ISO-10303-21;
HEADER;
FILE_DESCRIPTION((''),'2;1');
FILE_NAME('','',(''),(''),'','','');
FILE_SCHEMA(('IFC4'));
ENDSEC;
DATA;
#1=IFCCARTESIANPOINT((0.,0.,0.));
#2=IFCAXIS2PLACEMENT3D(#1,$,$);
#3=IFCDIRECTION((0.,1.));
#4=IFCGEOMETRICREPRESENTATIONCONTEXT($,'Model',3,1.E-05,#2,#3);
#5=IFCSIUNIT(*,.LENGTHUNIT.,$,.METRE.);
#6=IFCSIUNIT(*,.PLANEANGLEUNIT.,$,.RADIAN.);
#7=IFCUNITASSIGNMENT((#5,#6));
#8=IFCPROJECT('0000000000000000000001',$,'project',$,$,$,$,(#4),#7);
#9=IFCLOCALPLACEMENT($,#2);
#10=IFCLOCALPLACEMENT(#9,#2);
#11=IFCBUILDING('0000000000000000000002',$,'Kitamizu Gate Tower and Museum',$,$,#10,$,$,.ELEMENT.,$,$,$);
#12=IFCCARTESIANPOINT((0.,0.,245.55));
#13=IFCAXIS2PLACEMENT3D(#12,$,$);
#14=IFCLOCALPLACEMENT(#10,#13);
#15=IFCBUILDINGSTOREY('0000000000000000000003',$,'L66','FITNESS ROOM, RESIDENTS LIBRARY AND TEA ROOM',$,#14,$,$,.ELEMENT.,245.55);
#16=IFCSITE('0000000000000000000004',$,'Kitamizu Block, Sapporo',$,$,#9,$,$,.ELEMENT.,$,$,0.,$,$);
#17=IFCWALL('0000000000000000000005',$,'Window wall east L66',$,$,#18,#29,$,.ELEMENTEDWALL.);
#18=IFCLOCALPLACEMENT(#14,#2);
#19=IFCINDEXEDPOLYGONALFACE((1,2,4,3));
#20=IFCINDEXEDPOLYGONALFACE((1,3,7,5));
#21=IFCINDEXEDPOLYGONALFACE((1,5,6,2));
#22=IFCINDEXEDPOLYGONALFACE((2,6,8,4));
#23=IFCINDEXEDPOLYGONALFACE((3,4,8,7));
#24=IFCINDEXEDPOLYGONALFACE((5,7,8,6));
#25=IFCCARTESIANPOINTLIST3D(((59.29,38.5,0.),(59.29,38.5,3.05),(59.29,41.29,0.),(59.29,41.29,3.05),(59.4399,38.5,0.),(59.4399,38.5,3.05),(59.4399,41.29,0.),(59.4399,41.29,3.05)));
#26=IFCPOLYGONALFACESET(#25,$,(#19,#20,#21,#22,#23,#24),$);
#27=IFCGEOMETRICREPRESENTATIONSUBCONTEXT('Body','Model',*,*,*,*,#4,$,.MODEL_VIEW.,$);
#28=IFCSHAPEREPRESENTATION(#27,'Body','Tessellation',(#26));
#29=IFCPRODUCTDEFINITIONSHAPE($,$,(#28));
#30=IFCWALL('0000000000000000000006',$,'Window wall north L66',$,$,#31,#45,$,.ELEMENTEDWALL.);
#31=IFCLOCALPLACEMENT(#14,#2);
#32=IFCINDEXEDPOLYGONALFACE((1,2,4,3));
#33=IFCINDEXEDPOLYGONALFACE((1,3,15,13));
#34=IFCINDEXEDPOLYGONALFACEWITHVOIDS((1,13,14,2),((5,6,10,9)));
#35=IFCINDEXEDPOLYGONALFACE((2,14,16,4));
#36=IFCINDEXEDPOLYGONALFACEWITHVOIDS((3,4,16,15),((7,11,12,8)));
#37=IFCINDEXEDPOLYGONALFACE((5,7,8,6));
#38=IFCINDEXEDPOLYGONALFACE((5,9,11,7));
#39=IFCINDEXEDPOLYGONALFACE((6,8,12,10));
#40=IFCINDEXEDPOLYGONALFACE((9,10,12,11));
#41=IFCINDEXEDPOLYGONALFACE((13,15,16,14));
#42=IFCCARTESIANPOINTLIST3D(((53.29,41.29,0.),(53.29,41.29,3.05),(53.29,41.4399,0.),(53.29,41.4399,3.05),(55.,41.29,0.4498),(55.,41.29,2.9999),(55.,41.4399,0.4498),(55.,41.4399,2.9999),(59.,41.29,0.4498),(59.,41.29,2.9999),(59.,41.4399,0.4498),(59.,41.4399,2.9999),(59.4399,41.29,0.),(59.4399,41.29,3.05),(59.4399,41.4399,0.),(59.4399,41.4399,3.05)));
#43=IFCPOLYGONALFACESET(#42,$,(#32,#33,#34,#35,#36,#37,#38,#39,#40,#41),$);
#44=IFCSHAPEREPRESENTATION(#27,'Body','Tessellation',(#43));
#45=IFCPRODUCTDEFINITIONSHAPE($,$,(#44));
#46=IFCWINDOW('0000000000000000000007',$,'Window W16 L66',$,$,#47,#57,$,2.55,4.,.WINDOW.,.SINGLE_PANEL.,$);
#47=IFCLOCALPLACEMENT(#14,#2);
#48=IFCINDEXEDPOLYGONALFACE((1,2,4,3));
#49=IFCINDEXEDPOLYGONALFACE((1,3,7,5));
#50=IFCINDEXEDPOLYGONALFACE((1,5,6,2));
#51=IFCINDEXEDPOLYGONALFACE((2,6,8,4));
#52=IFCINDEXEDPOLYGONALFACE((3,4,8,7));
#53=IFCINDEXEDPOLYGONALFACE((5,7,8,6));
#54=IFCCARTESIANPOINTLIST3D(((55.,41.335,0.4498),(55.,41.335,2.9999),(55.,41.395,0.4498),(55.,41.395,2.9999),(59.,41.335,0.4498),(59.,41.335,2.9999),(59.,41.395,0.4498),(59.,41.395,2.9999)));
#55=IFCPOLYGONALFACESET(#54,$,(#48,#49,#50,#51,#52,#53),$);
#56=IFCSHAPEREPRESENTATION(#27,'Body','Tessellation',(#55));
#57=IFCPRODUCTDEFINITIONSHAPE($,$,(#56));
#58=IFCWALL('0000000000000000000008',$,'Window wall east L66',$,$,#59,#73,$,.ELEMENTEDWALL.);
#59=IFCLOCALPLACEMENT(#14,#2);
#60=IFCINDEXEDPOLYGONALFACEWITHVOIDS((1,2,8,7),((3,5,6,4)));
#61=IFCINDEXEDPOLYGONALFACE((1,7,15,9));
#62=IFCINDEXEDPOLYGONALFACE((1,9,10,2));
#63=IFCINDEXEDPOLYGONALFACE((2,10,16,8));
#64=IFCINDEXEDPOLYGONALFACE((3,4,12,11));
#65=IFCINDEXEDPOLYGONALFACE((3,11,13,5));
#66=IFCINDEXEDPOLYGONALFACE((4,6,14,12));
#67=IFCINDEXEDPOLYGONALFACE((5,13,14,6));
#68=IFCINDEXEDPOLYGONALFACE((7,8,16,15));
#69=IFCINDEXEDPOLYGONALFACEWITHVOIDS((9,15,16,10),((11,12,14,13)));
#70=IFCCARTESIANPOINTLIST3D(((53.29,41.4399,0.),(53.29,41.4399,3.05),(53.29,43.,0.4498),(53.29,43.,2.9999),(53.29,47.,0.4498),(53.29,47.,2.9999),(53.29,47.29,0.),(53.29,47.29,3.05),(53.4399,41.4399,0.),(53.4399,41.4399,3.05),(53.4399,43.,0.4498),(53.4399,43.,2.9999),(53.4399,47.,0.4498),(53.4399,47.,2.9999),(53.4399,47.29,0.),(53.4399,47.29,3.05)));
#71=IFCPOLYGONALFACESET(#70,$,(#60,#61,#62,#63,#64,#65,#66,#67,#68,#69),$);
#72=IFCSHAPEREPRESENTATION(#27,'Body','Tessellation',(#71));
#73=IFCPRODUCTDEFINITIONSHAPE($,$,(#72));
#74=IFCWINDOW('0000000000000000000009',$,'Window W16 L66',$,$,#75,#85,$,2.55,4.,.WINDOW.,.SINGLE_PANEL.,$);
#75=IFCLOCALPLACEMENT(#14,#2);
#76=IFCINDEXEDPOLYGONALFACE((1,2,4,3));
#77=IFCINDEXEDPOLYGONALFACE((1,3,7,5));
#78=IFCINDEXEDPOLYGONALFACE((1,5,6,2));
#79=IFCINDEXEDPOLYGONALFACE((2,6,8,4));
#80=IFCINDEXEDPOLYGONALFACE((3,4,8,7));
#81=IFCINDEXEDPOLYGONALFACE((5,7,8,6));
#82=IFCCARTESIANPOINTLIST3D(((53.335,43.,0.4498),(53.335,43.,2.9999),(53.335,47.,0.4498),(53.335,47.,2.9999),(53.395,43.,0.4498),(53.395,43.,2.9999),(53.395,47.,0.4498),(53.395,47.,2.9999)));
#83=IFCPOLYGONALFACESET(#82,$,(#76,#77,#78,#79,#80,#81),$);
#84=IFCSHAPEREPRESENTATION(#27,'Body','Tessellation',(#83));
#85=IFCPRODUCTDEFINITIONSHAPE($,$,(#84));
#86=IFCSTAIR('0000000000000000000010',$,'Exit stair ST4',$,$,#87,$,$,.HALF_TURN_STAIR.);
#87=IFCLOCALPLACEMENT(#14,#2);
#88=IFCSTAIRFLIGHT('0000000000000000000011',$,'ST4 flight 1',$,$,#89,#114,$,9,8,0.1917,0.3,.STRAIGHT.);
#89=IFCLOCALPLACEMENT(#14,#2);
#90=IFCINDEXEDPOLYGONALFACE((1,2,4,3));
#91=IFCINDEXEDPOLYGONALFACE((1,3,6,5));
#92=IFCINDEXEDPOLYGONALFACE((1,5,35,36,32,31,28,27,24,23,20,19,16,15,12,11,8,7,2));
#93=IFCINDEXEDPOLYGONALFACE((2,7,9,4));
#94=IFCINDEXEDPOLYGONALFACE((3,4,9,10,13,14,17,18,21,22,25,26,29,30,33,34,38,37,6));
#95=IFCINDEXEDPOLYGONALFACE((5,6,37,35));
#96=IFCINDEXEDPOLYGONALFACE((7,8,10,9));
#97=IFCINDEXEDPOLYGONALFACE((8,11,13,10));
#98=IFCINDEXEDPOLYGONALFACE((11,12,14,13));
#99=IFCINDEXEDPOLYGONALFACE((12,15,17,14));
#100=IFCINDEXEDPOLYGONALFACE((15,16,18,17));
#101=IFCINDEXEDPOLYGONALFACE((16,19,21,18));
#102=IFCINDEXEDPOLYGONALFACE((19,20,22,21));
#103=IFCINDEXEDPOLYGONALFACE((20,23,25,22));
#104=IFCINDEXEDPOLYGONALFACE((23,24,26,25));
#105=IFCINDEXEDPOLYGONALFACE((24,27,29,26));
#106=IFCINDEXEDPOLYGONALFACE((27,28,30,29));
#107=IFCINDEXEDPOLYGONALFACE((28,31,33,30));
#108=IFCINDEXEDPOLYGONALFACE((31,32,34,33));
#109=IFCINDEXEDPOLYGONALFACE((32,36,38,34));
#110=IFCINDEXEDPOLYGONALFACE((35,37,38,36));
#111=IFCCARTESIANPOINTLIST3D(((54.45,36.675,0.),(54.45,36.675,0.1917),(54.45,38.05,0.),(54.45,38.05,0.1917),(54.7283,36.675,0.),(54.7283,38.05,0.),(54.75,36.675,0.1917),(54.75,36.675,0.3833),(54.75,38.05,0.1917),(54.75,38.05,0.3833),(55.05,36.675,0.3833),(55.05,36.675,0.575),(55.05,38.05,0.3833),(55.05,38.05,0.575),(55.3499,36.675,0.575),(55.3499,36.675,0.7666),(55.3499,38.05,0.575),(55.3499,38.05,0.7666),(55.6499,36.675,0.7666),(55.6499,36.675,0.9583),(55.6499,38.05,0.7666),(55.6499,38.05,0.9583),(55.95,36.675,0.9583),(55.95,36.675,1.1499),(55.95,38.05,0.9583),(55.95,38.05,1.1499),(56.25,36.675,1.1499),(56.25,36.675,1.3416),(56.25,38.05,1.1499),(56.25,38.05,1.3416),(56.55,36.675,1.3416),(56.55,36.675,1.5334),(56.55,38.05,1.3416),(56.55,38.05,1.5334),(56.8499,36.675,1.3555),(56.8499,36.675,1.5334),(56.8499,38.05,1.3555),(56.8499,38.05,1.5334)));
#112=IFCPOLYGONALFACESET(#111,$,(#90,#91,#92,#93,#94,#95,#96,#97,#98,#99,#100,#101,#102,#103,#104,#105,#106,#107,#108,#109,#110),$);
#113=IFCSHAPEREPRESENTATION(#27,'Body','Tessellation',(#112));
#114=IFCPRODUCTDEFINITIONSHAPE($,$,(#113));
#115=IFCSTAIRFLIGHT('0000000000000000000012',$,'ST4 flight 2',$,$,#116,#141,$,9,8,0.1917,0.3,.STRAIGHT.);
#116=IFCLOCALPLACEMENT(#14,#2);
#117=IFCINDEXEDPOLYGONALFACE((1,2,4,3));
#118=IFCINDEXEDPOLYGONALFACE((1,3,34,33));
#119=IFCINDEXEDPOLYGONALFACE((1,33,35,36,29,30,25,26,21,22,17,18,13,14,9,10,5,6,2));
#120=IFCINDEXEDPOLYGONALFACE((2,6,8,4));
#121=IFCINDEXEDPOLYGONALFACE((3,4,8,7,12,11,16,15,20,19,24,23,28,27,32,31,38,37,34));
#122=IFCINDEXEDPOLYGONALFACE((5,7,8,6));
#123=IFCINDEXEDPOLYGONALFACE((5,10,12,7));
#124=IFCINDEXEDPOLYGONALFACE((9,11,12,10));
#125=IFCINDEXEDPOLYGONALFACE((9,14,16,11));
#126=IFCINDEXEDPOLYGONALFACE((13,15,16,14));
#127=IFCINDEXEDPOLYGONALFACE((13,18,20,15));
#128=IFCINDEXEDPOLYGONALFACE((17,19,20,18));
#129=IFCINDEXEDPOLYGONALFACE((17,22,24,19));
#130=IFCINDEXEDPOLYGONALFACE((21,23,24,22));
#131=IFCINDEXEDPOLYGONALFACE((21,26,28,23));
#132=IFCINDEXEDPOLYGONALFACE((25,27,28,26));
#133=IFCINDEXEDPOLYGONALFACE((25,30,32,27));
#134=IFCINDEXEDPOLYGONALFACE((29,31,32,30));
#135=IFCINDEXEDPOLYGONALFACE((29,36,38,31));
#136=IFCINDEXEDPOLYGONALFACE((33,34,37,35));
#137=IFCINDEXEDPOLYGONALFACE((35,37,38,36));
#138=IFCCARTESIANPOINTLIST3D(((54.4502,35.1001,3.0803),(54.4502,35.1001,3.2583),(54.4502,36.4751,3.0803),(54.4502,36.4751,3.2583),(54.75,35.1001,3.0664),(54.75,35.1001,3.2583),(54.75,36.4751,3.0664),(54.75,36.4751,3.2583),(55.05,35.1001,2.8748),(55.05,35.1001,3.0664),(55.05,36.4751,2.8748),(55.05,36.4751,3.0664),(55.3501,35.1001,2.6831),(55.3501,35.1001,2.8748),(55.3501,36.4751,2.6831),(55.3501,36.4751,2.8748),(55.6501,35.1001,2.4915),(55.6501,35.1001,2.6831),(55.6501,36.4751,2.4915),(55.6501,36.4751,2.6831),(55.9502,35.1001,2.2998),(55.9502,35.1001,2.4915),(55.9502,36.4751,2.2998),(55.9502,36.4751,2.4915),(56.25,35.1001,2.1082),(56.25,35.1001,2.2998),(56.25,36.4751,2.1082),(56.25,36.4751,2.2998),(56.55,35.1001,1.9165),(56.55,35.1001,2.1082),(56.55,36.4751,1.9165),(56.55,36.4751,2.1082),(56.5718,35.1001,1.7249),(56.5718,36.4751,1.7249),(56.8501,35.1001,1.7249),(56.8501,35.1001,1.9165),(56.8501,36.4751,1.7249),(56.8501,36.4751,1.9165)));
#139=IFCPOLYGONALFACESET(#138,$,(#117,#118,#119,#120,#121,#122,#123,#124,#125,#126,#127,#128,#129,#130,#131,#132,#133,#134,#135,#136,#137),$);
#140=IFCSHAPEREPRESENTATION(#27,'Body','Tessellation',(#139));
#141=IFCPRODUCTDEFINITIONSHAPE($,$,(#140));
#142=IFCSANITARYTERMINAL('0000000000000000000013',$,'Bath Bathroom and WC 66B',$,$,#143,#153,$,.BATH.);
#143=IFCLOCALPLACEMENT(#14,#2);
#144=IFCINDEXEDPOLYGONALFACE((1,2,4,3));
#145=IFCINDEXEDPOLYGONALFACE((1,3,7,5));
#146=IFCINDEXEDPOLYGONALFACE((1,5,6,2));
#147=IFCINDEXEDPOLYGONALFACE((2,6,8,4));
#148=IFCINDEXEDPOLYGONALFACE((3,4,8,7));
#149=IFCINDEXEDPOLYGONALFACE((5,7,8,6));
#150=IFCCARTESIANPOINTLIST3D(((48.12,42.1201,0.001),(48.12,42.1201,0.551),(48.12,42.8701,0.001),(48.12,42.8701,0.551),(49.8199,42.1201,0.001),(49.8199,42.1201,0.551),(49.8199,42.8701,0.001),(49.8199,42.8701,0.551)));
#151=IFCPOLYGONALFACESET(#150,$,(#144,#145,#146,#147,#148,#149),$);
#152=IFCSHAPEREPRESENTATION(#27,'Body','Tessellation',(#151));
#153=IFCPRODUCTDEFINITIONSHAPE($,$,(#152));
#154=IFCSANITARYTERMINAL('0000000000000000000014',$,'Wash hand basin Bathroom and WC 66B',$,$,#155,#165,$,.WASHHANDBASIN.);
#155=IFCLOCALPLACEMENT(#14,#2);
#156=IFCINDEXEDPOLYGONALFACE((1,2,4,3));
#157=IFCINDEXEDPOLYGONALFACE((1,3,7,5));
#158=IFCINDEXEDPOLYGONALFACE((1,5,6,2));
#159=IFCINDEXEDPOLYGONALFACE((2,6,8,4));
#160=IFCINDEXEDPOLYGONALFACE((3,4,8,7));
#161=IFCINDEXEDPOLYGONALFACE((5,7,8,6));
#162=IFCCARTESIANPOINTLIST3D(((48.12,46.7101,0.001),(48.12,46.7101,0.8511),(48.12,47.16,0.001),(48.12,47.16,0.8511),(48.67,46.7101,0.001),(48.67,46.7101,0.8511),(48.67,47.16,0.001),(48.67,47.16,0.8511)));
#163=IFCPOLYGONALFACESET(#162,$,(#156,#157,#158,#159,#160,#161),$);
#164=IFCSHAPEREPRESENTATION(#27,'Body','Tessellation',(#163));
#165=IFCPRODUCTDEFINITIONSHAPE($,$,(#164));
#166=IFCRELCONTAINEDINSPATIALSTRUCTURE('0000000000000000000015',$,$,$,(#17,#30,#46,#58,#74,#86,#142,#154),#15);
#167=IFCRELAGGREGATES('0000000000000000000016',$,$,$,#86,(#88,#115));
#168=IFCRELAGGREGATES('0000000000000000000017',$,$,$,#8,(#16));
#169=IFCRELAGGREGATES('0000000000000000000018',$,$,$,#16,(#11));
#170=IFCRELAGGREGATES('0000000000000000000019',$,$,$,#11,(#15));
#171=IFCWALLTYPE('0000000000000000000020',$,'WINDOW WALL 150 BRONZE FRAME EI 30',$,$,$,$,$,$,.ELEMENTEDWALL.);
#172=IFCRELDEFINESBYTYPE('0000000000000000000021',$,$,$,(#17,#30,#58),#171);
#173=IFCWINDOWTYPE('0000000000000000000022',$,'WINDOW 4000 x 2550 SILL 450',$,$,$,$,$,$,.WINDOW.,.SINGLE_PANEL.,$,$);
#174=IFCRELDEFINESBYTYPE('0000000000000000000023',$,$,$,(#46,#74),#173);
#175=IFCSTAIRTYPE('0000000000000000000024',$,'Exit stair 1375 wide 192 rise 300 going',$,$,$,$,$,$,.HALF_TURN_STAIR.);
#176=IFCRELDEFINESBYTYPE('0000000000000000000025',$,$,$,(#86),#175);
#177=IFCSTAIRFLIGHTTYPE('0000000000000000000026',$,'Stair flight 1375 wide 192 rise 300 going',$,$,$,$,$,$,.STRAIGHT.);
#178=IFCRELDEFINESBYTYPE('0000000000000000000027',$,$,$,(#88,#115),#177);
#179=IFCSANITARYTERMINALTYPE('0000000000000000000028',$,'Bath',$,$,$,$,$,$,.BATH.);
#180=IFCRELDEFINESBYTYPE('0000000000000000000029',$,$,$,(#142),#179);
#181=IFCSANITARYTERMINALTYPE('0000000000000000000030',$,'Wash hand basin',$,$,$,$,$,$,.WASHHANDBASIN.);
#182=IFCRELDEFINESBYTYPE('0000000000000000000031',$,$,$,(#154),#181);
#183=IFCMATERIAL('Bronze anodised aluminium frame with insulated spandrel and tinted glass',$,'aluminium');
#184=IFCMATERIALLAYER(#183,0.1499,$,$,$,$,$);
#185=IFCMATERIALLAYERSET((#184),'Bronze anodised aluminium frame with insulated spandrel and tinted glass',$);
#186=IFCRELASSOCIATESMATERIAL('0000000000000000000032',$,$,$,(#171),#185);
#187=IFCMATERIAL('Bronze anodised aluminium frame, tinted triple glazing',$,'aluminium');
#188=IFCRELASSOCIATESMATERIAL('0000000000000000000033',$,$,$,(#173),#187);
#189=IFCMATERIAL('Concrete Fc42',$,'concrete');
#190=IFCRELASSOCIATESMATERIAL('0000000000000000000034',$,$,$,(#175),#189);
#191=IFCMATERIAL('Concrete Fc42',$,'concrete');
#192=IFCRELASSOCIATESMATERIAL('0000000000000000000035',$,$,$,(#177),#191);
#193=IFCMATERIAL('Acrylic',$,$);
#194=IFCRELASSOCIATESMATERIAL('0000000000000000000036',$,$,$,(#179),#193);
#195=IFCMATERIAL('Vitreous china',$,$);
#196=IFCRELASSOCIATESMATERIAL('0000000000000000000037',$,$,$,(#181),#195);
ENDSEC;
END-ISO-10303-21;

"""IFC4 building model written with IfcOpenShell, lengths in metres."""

from ifc_helpers import new_model, si_unit, direction, frame, frame_2d, origin, origin_2d, place, context, subcontext, project, spatial, polyline, rectangle, outline, extrude, material, layer, layer_set, type_object, element, fill, aggregate, save


model = new_model("IFC4")

# Units and contexts
model_context = context("Model", 3, precision=1e-05, world=origin(), true_north=direction((0.0, 1.0)))
body_context = subcontext(model_context, "Body", "Model", "MODEL_VIEW")
ifc_project = project(units=[si_unit("LENGTHUNIT", "METRE"), si_unit("PLANEANGLEUNIT", "RADIAN")], contexts=[model_context])

# Site, building, storey
site_placement = place(None, origin())
site = spatial("IfcSite", under=ifc_project, at=site_placement, Name="Kitamizu Block, Sapporo", CompositionType="ELEMENT", RefElevation=0.0)
building_placement = place(site_placement, origin())
building = spatial("IfcBuilding", under=site, at=building_placement, Name="Kitamizu Gate Tower and Museum", CompositionType="ELEMENT")
storey_placement = place(building_placement, frame((0.0, 0.0, 245.55)))
storey = spatial("IfcBuildingStorey", under=building, at=storey_placement, Name="L66", Description="FITNESS ROOM, RESIDENTS LIBRARY AND TEA ROOM", CompositionType="ELEMENT", Elevation=245.55)

# Wall
ifc_material_1 = material(Name="Bronze anodised aluminium frame with insulated spandrel and tinted glass", Category="aluminium")
ifc_layer_1 = layer(ifc_material_1, 0.1499)
ifc_layer_set_1 = layer_set([ifc_layer_1], Name="Bronze anodised aluminium frame with insulated spandrel and tinted glass")
wall_type_1 = type_object("IfcWallType", Name="WINDOW WALL 150 BRONZE FRAME EI 30", PredefinedType="ELEMENTEDWALL", material=ifc_layer_set_1)
wall_1_placement = place(storey_placement, frame((59.365, 38.5, 0.0), z_axis=(0.0, 0.0, 1.0), x_axis=(0.0, 1.0, 0.0)))
element("IfcWall", 1, at=wall_1_placement, inside=storey, type_object=wall_type_1, Name="Window wall east L66", PredefinedType="ELEMENTEDWALL", context=body_context, shape_type="SweptSolid", body=[
    extrude(rectangle(XDim=2.79, YDim=0.1499, at=frame_2d((1.395, 0.0))), origin(), (0.0, 0.0, 1.0), 3.05),
])

# Walls, openings, windows
wall_2_placement = place(storey_placement, frame((53.29, 41.365, 0.0), z_axis=(0.0, 0.0, 1.0), x_axis=(1.0, 0.0, 0.0)))
wall_2 = element("IfcWall", 2, at=wall_2_placement, inside=storey, type_object=wall_type_1, Name="Window wall north L66", PredefinedType="ELEMENTEDWALL", context=body_context, shape_type="SweptSolid", body=[
    extrude(rectangle(XDim=6.1499, YDim=0.1499, at=frame_2d((3.075, 0.0))), origin(), (0.0, 0.0, 1.0), 3.05),
])
opening_1_placement = place(wall_2_placement, frame((1.71, 0.0, 0.45)))
opening_1 = element("IfcOpeningElement", 3, at=opening_1_placement, cuts=wall_2, PredefinedType="OPENING", context=body_context, shape_type="SweptSolid", body=[
    extrude(rectangle(XDim=4.0, YDim=2.55, at=frame_2d((2.0, 1.2749))), frame((0.0, 0.085, 0.0), z_axis=(0.0, -1.0, 0.0), x_axis=(1.0, 0.0, 0.0)), (0.0, 0.0, 1.0), 0.1699),
])
ifc_material_2 = material(Name="Bronze anodised aluminium frame, tinted triple glazing", Category="aluminium")
window_type = type_object("IfcWindowType", Name="WINDOW 4000 x 2550 SILL 450", PartitioningType="SINGLE_PANEL", PredefinedType="WINDOW", material=ifc_material_2)
window_1_placement = place(opening_1_placement, origin())
window_1 = element("IfcWindow", 4, at=window_1_placement, inside=storey, type_object=window_type, Name="Window W16 L66", OverallHeight=2.55, OverallWidth=4.0, PartitioningType="SINGLE_PANEL", PredefinedType="WINDOW", context=body_context, shape_type="SweptSolid", body=[
    extrude(rectangle(XDim=4.0, YDim=2.55, at=frame_2d((2.0, 1.2749))), frame((0.0, 0.03, 0.0), z_axis=(0.0, -1.0, 0.0), x_axis=(1.0, 0.0, 0.0)), (0.0, 0.0, 1.0), 0.0601),
])
fill(opening_1, window_1)
wall_3_placement = place(storey_placement, frame((53.365, 41.4399, 0.0), z_axis=(0.0, 0.0, 1.0), x_axis=(0.0, 1.0, 0.0)))
wall_3 = element("IfcWall", 5, at=wall_3_placement, inside=storey, type_object=wall_type_1, Name="Window wall east L66", PredefinedType="ELEMENTEDWALL", context=body_context, shape_type="SweptSolid", body=[
    extrude(rectangle(XDim=5.8501, YDim=0.1499, at=frame_2d((2.925, 0.0))), origin(), (0.0, 0.0, 1.0), 3.05),
])
opening_2_placement = place(wall_3_placement, frame((1.5601, 0.0, 0.45)))
opening_2 = element("IfcOpeningElement", 6, at=opening_2_placement, cuts=wall_3, PredefinedType="OPENING", context=body_context, shape_type="SweptSolid", body=[
    extrude(rectangle(XDim=4.0, YDim=2.55, at=frame_2d((2.0, 1.2749))), frame((0.0, 0.085, 0.0), z_axis=(0.0, -1.0, 0.0), x_axis=(1.0, 0.0, 0.0)), (0.0, 0.0, 1.0), 0.1699),
])
window_2_placement = place(opening_2_placement, origin())
window_2 = element("IfcWindow", 7, at=window_2_placement, inside=storey, type_object=window_type, Name="Window W16 L66", OverallHeight=2.55, OverallWidth=4.0, PartitioningType="SINGLE_PANEL", PredefinedType="WINDOW", context=body_context, shape_type="SweptSolid", body=[
    extrude(rectangle(XDim=4.0, YDim=2.55, at=frame_2d((2.0, 1.2749))), frame((0.0, 0.03, 0.0), z_axis=(0.0, -1.0, 0.0), x_axis=(1.0, 0.0, 0.0)), (0.0, 0.0, 1.0), 0.0601),
])
fill(opening_2, window_2)

# Stair, stair flights
ifc_material_3 = material(Name="Concrete Fc42", Category="concrete")
stair_type = type_object("IfcStairType", Name="Exit stair 1375 wide 192 rise 300 going", PredefinedType="HALF_TURN_STAIR", material=ifc_material_3)
stair_placement = place(storey_placement, origin())
stair = element("IfcStair", 8, at=stair_placement, inside=storey, type_object=stair_type, Name="Exit stair ST4", PredefinedType="HALF_TURN_STAIR")
ifc_material_4 = material(Name="Concrete Fc42", Category="concrete")
stair_flight_type = type_object("IfcStairFlightType", Name="Stair flight 1375 wide 192 rise 300 going", PredefinedType="STRAIGHT", material=ifc_material_4)
stair_flight_1_placement = place(storey_placement, frame((54.45, 37.3625, 0.0), z_axis=(0.0, 0.0, 1.0), x_axis=(1.0, 0.0, 0.0)))
stair_flight_1 = element("IfcStairFlight", 9, at=stair_flight_1_placement, type_object=stair_flight_type, Name="ST4 flight 1", NumberOfRisers=9, NumberOfTreads=8, PredefinedType="STRAIGHT", RiserHeight=0.1917, TreadLength=0.3, context=body_context, shape_type="SweptSolid", body=[
    extrude(outline(polyline([(0.0, 0.0), (0.0, 0.1917), (0.3, 0.1917), (0.3, 0.3833), (0.6001, 0.3833), (0.6001, 0.575), (0.8999, 0.575), (0.8999, 0.7666), (1.2, 0.7666), (1.2, 0.9583), (1.5, 0.9583), (1.5, 1.1499), (1.8, 1.1499), (1.8, 1.3416), (2.1001, 1.3416), (2.1001, 1.5334), (2.3999, 1.5334), (2.3999, 1.7251), (2.3999, 1.3555), (0.2783, 0.0), (0.0, 0.0)])), frame((0.0, 0.6875, 0.0), z_axis=(0.0, -1.0, 0.0), x_axis=(1.0, 0.0, 0.0)), (0.0, 0.0, 1.0), 1.375),
])
stair_flight_2_placement = place(storey_placement, frame((56.8501, 35.7876, 1.7249), z_axis=(0.0, 0.0, 1.0), x_axis=(-1.0, 0.0, 0.0)))
stair_flight_2 = element("IfcStairFlight", 10, at=stair_flight_2_placement, type_object=stair_flight_type, Name="ST4 flight 2", NumberOfRisers=9, NumberOfTreads=8, PredefinedType="STRAIGHT", RiserHeight=0.1917, TreadLength=0.3, context=body_context, shape_type="SweptSolid", body=[
    extrude(outline(polyline([(0.0, 0.0), (0.0, 0.1917), (0.3, 0.1917), (0.3, 0.3833), (0.6001, 0.3833), (0.6001, 0.575), (0.8999, 0.575), (0.8999, 0.7666), (1.2, 0.7666), (1.2, 0.9583), (1.5, 0.9583), (1.5, 1.1499), (1.8, 1.1499), (1.8, 1.3416), (2.1001, 1.3416), (2.1001, 1.5334), (2.3999, 1.5334), (2.3999, 1.7251), (2.3999, 1.3555), (0.2783, 0.0), (0.0, 0.0)])), frame((0.0, 0.6875, 0.0), z_axis=(0.0, -1.0, 0.0), x_axis=(1.0, 0.0, 0.0)), (0.0, 0.0, 1.0), 1.375),
])
aggregate(stair, [stair_flight_1, stair_flight_2])

# Sanitary terminals
ifc_material_5 = material(Name="Acrylic")
sanitary_terminal_type_1 = type_object("IfcSanitaryTerminalType", Name="Bath", PredefinedType="BATH", material=ifc_material_5)
sanitary_terminal_1_placement = place(storey_placement, frame((48.97, 42.4951, 0.001), z_axis=(0.0, 0.0, 1.0), x_axis=(1.0, 0.0, 0.0)))
element("IfcSanitaryTerminal", 11, at=sanitary_terminal_1_placement, inside=storey, type_object=sanitary_terminal_type_1, Name="Bath Bathroom and WC 66B", PredefinedType="BATH", context=body_context, shape_type="SweptSolid", body=[
    extrude(rectangle(XDim=1.7, YDim=0.75, at=origin_2d()), origin(), (0.0, 0.0, 1.0), 0.55),
])
ifc_material_6 = material(Name="Vitreous china")
sanitary_terminal_type_2 = type_object("IfcSanitaryTerminalType", Name="Wash hand basin", PredefinedType="WASHHANDBASIN", material=ifc_material_6)
sanitary_terminal_2_placement = place(storey_placement, frame((48.395, 46.9351, 0.001), z_axis=(0.0, 0.0, 1.0), x_axis=(1.0, 0.0, 0.0)))
element("IfcSanitaryTerminal", 12, at=sanitary_terminal_2_placement, inside=storey, type_object=sanitary_terminal_type_2, Name="Wash hand basin Bathroom and WC 66B", PredefinedType="WASHHANDBASIN", context=body_context, shape_type="SweptSolid", body=[
    extrude(rectangle(XDim=0.55, YDim=0.45, at=origin_2d()), origin(), (0.0, 0.0, 1.0), 0.8501),
])

save(model, "model.ifc")
